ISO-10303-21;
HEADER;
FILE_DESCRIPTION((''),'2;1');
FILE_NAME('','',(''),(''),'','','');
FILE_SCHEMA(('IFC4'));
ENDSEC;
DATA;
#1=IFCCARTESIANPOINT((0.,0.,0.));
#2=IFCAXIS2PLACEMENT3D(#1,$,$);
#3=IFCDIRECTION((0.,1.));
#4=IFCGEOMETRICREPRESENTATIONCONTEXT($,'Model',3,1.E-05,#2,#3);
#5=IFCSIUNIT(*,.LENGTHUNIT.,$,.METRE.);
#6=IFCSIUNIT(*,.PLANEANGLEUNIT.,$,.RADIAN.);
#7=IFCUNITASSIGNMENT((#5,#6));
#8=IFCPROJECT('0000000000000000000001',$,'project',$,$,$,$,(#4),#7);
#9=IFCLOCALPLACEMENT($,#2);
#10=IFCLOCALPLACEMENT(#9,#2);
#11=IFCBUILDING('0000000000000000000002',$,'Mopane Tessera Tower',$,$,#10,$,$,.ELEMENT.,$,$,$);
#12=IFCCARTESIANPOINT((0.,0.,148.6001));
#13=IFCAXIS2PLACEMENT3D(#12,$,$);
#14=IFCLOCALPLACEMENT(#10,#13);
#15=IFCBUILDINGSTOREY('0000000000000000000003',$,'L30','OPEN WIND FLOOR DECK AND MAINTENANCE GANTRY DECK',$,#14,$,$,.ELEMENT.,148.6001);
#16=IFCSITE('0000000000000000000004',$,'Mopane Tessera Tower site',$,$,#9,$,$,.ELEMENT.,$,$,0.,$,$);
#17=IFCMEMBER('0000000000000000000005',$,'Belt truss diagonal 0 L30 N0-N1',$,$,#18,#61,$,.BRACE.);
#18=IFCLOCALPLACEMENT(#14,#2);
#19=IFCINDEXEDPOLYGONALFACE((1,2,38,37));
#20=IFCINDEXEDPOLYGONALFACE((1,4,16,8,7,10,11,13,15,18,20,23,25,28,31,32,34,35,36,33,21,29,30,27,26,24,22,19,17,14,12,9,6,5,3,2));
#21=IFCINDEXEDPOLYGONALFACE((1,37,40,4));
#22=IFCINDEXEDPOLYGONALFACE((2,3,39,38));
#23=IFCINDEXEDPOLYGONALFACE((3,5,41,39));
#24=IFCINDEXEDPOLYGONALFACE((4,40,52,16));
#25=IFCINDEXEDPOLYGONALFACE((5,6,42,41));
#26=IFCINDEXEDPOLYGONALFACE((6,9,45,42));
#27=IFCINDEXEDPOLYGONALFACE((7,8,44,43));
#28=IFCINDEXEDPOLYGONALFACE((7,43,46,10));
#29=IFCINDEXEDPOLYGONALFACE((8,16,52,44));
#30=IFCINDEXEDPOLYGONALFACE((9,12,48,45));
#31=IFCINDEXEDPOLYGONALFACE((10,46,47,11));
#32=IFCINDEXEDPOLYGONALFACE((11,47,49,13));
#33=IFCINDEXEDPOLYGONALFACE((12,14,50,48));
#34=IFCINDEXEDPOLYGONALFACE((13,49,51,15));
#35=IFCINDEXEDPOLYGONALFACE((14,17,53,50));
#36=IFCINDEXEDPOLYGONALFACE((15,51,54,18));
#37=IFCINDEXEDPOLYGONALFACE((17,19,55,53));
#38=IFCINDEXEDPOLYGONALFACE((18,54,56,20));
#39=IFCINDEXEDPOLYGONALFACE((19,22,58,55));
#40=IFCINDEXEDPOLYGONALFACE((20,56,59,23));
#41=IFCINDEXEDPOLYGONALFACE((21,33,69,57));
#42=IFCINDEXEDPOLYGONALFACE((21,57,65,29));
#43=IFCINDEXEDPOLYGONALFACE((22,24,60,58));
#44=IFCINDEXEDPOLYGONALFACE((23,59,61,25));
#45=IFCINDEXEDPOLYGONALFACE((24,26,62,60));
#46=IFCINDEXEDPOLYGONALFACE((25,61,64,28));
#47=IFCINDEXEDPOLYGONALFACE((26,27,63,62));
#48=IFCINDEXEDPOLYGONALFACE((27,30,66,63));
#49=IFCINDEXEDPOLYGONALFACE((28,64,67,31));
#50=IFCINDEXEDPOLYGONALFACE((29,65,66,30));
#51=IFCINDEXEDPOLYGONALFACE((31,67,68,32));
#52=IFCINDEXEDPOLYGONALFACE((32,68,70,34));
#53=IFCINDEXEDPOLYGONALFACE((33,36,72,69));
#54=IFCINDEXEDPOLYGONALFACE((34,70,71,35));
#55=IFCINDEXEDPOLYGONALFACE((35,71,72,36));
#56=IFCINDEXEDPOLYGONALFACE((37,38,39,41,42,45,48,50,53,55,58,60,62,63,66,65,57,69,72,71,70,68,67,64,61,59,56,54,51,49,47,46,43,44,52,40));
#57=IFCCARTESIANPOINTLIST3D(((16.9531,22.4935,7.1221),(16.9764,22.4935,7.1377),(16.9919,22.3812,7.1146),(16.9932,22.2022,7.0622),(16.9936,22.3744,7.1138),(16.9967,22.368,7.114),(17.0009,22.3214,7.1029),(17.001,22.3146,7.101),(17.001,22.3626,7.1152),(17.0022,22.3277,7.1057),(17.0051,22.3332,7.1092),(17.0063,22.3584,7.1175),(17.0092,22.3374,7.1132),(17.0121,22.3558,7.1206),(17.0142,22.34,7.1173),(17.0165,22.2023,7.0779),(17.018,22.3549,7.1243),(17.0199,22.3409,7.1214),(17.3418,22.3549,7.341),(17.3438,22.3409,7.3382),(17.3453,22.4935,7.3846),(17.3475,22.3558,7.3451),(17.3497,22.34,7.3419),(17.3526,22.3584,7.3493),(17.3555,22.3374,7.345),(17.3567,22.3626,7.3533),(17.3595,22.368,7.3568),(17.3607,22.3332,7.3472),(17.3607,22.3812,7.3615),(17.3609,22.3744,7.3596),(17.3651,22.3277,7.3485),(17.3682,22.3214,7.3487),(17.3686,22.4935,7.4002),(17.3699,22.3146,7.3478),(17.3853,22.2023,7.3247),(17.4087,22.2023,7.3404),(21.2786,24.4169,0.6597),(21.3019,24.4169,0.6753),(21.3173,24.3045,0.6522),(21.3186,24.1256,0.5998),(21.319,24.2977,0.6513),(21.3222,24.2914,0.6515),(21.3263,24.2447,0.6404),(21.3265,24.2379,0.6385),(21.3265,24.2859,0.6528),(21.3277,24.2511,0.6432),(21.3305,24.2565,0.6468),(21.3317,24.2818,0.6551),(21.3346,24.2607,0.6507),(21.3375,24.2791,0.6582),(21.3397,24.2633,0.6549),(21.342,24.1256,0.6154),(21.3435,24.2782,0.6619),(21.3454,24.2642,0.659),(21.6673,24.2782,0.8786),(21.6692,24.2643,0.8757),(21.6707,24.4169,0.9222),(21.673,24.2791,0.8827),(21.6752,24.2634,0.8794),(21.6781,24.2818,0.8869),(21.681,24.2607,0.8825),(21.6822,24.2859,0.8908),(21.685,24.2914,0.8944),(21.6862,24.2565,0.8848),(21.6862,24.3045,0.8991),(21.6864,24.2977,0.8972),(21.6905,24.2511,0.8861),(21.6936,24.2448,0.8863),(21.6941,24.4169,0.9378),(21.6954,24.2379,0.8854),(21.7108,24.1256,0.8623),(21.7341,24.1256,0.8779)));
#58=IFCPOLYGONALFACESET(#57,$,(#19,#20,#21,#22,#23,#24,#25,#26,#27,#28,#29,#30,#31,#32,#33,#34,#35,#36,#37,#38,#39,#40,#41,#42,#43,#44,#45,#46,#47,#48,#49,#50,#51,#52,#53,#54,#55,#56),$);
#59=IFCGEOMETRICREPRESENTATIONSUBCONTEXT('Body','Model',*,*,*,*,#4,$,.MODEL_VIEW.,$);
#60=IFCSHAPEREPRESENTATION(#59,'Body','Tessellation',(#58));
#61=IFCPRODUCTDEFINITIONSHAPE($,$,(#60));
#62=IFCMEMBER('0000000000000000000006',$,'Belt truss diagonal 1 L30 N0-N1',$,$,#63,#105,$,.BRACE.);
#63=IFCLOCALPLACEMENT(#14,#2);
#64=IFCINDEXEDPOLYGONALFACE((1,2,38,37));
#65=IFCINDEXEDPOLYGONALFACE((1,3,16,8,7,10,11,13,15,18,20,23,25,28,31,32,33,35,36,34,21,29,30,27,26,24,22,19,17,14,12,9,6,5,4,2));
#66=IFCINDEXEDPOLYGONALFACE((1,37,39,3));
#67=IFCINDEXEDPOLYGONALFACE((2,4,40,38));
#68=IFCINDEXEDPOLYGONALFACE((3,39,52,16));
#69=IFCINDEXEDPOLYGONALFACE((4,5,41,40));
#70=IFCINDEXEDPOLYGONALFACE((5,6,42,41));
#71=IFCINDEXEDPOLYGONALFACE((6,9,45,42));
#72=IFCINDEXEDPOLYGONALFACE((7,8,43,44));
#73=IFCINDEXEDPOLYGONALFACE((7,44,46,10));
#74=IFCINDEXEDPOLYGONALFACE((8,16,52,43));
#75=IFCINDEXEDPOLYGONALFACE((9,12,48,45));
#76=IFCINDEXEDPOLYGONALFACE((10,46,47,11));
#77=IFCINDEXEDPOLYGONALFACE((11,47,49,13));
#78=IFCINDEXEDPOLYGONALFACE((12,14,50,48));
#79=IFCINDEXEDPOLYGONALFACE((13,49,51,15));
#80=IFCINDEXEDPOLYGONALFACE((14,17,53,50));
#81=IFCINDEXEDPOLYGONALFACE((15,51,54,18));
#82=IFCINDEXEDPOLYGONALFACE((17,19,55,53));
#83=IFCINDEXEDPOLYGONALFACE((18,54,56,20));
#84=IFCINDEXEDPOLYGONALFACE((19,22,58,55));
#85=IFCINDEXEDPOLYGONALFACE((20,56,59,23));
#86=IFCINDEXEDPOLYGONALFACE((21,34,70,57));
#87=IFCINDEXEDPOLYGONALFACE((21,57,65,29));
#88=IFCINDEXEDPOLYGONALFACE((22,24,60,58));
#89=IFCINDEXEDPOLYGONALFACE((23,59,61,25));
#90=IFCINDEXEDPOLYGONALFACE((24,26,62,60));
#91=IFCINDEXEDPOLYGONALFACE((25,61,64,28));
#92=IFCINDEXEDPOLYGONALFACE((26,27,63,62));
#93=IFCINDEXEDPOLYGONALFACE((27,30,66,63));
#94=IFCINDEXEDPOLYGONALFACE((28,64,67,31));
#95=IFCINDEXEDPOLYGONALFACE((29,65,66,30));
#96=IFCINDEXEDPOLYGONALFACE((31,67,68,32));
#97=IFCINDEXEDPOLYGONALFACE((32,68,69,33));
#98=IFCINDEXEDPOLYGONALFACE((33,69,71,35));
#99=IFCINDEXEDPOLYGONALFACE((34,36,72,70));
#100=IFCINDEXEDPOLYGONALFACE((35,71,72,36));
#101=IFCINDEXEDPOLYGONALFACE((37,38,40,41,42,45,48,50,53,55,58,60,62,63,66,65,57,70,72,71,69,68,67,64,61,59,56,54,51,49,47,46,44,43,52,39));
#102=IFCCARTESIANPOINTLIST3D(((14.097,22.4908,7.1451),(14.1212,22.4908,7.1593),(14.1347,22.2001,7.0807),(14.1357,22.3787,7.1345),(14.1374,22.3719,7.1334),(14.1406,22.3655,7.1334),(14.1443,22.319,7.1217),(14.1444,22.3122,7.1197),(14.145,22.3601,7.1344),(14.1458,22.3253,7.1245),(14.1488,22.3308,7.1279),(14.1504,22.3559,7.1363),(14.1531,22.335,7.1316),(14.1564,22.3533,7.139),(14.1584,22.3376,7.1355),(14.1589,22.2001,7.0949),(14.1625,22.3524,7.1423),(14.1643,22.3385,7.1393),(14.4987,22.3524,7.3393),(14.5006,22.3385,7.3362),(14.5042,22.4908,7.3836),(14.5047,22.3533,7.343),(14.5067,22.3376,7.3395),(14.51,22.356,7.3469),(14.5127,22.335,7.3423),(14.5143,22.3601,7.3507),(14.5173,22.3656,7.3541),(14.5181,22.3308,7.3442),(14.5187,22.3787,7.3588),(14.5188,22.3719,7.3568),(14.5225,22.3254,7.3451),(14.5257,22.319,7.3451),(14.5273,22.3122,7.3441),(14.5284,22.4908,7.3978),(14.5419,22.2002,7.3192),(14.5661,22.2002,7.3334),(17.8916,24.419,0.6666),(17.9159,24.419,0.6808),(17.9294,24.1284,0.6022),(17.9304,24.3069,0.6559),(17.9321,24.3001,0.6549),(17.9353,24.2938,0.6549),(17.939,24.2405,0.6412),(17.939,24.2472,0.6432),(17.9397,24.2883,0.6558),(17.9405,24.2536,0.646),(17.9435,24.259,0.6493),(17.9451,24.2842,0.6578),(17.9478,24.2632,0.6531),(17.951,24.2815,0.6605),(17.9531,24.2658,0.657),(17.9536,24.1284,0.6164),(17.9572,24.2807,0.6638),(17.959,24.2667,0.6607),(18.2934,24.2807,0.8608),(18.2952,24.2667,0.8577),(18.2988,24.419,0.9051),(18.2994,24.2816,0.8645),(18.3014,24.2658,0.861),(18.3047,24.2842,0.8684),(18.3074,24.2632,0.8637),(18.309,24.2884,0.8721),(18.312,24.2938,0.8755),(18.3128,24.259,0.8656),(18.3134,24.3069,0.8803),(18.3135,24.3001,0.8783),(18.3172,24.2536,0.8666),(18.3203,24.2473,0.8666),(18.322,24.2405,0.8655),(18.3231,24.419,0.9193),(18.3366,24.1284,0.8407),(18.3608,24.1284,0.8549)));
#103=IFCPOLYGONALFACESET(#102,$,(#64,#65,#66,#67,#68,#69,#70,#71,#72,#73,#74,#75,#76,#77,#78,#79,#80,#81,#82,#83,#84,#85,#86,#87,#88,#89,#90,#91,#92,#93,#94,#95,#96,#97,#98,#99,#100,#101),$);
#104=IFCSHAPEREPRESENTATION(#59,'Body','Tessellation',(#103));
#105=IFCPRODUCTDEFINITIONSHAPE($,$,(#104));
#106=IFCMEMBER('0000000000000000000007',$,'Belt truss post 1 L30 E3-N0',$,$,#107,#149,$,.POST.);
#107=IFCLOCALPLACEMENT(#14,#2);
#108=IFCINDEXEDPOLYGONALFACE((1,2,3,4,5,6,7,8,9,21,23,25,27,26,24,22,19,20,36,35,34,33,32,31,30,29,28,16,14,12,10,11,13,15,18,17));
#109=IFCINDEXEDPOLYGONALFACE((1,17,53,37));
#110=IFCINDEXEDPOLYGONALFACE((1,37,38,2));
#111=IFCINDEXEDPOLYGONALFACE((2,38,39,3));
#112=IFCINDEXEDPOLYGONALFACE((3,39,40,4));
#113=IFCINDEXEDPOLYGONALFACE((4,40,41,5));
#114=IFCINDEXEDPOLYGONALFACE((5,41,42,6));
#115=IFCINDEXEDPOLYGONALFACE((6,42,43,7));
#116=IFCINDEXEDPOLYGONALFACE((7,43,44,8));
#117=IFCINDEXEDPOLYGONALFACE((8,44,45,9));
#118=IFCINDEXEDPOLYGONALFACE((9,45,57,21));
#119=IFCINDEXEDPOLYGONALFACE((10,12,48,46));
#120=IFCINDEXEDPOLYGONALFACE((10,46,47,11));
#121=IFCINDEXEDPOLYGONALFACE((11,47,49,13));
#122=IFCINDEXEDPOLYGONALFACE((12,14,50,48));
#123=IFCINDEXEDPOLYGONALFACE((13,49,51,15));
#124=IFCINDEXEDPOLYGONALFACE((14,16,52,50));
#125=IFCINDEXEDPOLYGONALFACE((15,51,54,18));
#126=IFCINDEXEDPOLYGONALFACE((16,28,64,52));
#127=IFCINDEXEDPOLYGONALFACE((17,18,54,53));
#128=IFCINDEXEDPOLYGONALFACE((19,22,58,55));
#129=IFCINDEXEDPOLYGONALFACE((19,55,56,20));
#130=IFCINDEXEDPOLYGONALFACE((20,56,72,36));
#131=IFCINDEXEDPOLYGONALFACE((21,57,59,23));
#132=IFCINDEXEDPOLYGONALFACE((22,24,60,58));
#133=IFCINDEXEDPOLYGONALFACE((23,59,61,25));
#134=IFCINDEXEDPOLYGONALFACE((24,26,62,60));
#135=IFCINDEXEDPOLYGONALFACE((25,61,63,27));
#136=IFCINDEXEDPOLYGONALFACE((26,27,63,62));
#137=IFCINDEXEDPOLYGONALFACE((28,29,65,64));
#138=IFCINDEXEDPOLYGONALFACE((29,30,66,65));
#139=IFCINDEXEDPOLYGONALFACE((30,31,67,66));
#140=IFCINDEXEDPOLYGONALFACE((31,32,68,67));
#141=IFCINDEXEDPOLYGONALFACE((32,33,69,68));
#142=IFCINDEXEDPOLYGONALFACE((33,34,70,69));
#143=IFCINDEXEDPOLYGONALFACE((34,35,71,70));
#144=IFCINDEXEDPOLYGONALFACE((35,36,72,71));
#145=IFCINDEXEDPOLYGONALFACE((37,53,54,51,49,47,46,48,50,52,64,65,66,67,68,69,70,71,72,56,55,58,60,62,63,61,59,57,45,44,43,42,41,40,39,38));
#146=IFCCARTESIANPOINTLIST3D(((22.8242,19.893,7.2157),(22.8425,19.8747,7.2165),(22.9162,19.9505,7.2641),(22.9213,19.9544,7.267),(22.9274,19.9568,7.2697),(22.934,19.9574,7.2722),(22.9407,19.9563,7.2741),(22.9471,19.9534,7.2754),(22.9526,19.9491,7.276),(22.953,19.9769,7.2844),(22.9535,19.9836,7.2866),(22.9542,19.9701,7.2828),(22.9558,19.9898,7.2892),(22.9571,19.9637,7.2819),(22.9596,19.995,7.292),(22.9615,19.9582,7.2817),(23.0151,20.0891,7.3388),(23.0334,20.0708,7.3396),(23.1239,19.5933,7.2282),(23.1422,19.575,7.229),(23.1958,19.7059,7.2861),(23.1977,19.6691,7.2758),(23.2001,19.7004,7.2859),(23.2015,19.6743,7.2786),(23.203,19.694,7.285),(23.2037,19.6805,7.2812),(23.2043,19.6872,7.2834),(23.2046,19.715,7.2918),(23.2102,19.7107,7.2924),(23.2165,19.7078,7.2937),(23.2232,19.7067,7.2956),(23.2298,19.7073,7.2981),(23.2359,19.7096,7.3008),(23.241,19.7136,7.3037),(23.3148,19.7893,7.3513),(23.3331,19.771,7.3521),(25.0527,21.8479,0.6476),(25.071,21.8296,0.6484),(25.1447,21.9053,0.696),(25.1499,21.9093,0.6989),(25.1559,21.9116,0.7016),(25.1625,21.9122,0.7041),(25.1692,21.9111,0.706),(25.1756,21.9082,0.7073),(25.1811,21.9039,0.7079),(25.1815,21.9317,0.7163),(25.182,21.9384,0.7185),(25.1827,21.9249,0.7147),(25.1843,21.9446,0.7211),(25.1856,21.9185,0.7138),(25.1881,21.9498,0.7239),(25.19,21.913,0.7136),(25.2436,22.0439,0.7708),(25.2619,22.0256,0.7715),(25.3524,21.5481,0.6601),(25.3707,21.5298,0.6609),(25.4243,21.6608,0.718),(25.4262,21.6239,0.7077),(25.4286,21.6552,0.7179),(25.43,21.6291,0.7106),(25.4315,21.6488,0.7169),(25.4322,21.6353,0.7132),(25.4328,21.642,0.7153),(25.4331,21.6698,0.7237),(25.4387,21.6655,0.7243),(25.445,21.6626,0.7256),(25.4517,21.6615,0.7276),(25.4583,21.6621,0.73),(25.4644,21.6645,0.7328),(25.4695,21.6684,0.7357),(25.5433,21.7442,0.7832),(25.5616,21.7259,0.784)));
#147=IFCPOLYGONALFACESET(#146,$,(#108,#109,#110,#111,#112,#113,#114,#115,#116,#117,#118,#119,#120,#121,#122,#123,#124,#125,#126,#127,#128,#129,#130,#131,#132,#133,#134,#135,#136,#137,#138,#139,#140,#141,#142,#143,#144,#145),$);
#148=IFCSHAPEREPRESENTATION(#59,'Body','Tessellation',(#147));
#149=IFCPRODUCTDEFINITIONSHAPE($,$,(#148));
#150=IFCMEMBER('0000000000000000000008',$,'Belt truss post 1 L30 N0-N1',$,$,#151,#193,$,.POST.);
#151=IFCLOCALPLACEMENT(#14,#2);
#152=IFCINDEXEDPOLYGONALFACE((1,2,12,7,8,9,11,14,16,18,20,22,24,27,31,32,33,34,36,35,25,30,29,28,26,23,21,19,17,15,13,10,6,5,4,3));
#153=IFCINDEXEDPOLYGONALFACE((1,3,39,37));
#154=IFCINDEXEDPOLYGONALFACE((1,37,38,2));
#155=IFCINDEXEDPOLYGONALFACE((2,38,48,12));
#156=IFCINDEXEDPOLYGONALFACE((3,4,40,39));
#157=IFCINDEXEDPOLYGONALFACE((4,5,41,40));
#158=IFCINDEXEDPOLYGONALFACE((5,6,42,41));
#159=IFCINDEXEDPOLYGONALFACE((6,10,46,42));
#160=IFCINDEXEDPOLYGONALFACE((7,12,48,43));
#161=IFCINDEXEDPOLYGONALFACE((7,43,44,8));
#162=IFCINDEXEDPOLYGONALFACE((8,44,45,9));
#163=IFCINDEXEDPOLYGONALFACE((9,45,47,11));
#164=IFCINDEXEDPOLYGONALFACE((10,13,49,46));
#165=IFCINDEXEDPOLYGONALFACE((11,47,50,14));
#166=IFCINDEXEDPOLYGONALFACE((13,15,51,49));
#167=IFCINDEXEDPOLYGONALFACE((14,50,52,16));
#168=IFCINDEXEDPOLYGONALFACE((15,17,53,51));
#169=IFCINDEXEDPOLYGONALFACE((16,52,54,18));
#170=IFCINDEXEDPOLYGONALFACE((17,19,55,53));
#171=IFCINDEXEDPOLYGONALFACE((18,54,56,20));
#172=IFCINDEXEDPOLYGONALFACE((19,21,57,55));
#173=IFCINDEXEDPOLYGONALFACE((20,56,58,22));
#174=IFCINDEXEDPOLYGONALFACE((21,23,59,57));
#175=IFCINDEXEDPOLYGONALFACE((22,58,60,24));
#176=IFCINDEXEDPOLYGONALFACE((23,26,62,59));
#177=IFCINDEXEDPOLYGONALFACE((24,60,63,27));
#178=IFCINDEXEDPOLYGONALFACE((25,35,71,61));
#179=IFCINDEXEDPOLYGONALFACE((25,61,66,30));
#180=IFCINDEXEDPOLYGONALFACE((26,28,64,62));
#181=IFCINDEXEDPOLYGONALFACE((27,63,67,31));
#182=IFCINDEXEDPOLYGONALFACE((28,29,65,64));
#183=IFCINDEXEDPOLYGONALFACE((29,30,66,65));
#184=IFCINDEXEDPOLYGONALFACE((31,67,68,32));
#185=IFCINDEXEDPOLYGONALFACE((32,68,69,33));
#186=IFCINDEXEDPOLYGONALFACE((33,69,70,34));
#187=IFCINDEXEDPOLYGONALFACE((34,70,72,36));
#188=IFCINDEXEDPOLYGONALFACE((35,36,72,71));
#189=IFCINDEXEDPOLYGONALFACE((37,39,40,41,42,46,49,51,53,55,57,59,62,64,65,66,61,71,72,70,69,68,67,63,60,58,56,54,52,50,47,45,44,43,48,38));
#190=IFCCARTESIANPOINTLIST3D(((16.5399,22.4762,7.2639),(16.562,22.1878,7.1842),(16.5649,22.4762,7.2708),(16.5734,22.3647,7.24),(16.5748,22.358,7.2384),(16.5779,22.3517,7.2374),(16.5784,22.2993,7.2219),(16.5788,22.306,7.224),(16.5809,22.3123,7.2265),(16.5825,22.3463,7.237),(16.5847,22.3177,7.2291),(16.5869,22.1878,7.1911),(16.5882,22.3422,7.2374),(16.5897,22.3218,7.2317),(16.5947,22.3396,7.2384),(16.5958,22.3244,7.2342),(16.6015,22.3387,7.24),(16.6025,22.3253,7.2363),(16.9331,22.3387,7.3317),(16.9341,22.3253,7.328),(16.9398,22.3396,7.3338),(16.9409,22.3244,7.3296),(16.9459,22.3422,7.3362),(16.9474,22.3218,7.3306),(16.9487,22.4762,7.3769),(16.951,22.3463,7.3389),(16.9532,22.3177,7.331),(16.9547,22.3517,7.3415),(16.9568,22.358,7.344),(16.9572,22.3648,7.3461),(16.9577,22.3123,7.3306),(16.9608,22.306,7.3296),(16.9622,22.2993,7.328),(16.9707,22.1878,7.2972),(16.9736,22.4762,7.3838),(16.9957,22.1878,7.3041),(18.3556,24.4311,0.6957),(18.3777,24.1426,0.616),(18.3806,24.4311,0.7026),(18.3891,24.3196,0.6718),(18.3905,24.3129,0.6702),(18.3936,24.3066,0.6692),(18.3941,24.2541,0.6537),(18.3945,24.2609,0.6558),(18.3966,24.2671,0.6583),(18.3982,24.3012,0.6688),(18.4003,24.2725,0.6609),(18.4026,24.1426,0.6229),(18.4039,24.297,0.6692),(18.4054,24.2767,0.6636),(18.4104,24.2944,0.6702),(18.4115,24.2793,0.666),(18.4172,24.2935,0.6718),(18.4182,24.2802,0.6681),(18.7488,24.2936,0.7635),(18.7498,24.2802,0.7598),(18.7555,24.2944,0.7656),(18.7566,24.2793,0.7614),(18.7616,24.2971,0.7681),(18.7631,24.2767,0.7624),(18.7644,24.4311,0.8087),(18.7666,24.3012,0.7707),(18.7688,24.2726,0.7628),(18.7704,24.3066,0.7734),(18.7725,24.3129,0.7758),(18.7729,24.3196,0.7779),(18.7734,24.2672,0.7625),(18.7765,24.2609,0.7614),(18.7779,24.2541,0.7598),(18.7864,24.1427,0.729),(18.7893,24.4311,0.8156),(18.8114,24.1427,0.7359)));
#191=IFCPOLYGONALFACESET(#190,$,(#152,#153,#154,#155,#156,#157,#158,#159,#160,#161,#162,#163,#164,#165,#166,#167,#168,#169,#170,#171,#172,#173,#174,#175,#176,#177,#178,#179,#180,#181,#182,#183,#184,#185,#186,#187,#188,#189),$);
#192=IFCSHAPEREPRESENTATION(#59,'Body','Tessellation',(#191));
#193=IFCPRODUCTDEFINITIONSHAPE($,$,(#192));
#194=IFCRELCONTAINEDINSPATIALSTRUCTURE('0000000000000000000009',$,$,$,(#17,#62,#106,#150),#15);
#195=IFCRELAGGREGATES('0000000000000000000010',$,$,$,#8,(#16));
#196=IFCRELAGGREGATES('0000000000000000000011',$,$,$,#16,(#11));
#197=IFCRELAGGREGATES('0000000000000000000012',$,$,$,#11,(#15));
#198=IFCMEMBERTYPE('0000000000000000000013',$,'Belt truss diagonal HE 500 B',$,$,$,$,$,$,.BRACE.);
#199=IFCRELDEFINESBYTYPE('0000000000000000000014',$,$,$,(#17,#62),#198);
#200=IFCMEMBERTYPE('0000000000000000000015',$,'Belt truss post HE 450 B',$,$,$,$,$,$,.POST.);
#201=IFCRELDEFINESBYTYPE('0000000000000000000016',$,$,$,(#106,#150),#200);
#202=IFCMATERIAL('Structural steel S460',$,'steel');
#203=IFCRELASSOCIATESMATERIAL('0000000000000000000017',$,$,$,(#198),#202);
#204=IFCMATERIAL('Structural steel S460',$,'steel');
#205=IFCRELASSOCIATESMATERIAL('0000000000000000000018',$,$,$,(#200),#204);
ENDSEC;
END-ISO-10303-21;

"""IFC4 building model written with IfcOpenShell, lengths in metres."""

from ifc_helpers import new_model, si_unit, direction, frame, origin, origin_2d, place, context, subcontext, project, spatial, i_section, extrude, material, material_profile, profile_set, type_object, element, save


model = new_model("IFC4")

# Units and contexts
model_context = context("Model", 3, precision=1e-05, world=origin(), true_north=direction((0.0, 1.0)))
body_context = subcontext(model_context, "Body", "Model", "MODEL_VIEW")
ifc_project = project(units=[si_unit("LENGTHUNIT", "METRE"), si_unit("PLANEANGLEUNIT", "RADIAN")], contexts=[model_context])

# Site, building, storey
site_placement = place(None, origin())
site = spatial("IfcSite", under=ifc_project, at=site_placement, Name="Mopane Tessera Tower site", CompositionType="ELEMENT", RefElevation=0.0)
building_placement = place(site_placement, origin())
building = spatial("IfcBuilding", under=site, at=building_placement, Name="Mopane Tessera Tower", CompositionType="ELEMENT")
storey_placement = place(building_placement, frame((0.0, 0.0, 148.6001)))
storey = spatial("IfcBuildingStorey", under=building, at=storey_placement, Name="L30", Description="OPEN WIND FLOOR DECK AND MAINTENANCE GANTRY DECK", CompositionType="ELEMENT", Elevation=148.6001)

# Members
ifc_material_1 = material(Name="Structural steel S460", Category="steel")
ifc_material_profile_1 = material_profile(ifc_material_1, i_section(OverallWidth=0.3, OverallDepth=0.5, WebThickness=0.0144, FlangeThickness=0.0281, FilletRadius=0.0271, at=origin_2d()))
ifc_profile_set_1 = profile_set([ifc_material_profile_1], Name="Structural steel S460")
member_type_1 = type_object("IfcMemberType", Name="Belt truss diagonal HE 500 B", PredefinedType="BRACE", material=ifc_profile_set_1)
member_1_placement = place(storey_placement, frame((21.5063, 24.2712, 0.7688), z_axis=(-0.539958, -0.240096, 0.806721), x_axis=(0.133562, -0.970749, -0.199518)))
element("IfcMember", 1, at=member_1_placement, inside=storey, type_object=member_type_1, Name="Belt truss diagonal 0 L30 N0-N1", PredefinedType="BRACE", context=body_context, shape_type="SweptSolid", body=[
    extrude(i_section(OverallWidth=0.3, OverallDepth=0.5, WebThickness=0.0144, FlangeThickness=0.0281, FilletRadius=0.0271, at=origin_2d()), origin(), (0.0, 0.0, 1.0), 8.0107),
])
member_2_placement = place(storey_placement, frame((18.1262, 24.2737, 0.7607), z_axis=(-0.489529, -0.248748, 0.835755), x_axis=(0.12575, -0.968568, -0.214622)))
element("IfcMember", 2, at=member_2_placement, inside=storey, type_object=member_type_1, Name="Belt truss diagonal 1 L30 N0-N1", PredefinedType="BRACE", context=body_context, shape_type="SweptSolid", body=[
    extrude(i_section(OverallWidth=0.3, OverallDepth=0.5, WebThickness=0.0144, FlangeThickness=0.0281, FilletRadius=0.0271, at=origin_2d()), origin(), (0.0, 0.0, 1.0), 7.7517),
])
ifc_material_2 = material(Name="Structural steel S460", Category="steel")
ifc_material_profile_2 = material_profile(ifc_material_2, i_section(OverallWidth=0.3, OverallDepth=0.45, WebThickness=0.0139, FlangeThickness=0.0259, FilletRadius=0.0271, at=origin_2d()))
ifc_profile_set_2 = profile_set([ifc_material_profile_2], Name="Structural steel S460")
member_type_2 = type_object("IfcMemberType", Name="Belt truss post HE 450 B", PredefinedType="POST", material=ifc_profile_set_2)
member_3_placement = place(storey_placement, frame((25.3071, 21.7869, 0.7158), z_axis=(-0.309254, -0.271275, 0.911467), x_axis=(-0.636223, -0.653345, -0.410318)))
element("IfcMember", 3, at=member_3_placement, inside=storey, type_object=member_type_2, Name="Belt truss post 1 L30 E3-N0", PredefinedType="POST", context=body_context, shape_type="SweptSolid", body=[
    extrude(i_section(OverallWidth=0.3, OverallDepth=0.45, WebThickness=0.0139, FlangeThickness=0.0259, FilletRadius=0.0271, at=origin_2d()), origin(), (0.0, 0.0, 1.0), 7.2061),
])
member_4_placement = place(storey_placement, frame((18.5835, 24.2869, 0.7158), z_axis=(-0.256115, -0.275744, 0.926483), x_axis=(0.073511, -0.961231, -0.265765)))
element("IfcMember", 4, at=member_4_placement, inside=storey, type_object=member_type_2, Name="Belt truss post 1 L30 N0-N1", PredefinedType="POST", context=body_context, shape_type="SweptSolid", body=[
    extrude(i_section(OverallWidth=0.3, OverallDepth=0.45, WebThickness=0.0139, FlangeThickness=0.0259, FilletRadius=0.0271, at=origin_2d()), origin(), (0.0, 0.0, 1.0), 7.0894),
])

save(model, "model.ifc")
